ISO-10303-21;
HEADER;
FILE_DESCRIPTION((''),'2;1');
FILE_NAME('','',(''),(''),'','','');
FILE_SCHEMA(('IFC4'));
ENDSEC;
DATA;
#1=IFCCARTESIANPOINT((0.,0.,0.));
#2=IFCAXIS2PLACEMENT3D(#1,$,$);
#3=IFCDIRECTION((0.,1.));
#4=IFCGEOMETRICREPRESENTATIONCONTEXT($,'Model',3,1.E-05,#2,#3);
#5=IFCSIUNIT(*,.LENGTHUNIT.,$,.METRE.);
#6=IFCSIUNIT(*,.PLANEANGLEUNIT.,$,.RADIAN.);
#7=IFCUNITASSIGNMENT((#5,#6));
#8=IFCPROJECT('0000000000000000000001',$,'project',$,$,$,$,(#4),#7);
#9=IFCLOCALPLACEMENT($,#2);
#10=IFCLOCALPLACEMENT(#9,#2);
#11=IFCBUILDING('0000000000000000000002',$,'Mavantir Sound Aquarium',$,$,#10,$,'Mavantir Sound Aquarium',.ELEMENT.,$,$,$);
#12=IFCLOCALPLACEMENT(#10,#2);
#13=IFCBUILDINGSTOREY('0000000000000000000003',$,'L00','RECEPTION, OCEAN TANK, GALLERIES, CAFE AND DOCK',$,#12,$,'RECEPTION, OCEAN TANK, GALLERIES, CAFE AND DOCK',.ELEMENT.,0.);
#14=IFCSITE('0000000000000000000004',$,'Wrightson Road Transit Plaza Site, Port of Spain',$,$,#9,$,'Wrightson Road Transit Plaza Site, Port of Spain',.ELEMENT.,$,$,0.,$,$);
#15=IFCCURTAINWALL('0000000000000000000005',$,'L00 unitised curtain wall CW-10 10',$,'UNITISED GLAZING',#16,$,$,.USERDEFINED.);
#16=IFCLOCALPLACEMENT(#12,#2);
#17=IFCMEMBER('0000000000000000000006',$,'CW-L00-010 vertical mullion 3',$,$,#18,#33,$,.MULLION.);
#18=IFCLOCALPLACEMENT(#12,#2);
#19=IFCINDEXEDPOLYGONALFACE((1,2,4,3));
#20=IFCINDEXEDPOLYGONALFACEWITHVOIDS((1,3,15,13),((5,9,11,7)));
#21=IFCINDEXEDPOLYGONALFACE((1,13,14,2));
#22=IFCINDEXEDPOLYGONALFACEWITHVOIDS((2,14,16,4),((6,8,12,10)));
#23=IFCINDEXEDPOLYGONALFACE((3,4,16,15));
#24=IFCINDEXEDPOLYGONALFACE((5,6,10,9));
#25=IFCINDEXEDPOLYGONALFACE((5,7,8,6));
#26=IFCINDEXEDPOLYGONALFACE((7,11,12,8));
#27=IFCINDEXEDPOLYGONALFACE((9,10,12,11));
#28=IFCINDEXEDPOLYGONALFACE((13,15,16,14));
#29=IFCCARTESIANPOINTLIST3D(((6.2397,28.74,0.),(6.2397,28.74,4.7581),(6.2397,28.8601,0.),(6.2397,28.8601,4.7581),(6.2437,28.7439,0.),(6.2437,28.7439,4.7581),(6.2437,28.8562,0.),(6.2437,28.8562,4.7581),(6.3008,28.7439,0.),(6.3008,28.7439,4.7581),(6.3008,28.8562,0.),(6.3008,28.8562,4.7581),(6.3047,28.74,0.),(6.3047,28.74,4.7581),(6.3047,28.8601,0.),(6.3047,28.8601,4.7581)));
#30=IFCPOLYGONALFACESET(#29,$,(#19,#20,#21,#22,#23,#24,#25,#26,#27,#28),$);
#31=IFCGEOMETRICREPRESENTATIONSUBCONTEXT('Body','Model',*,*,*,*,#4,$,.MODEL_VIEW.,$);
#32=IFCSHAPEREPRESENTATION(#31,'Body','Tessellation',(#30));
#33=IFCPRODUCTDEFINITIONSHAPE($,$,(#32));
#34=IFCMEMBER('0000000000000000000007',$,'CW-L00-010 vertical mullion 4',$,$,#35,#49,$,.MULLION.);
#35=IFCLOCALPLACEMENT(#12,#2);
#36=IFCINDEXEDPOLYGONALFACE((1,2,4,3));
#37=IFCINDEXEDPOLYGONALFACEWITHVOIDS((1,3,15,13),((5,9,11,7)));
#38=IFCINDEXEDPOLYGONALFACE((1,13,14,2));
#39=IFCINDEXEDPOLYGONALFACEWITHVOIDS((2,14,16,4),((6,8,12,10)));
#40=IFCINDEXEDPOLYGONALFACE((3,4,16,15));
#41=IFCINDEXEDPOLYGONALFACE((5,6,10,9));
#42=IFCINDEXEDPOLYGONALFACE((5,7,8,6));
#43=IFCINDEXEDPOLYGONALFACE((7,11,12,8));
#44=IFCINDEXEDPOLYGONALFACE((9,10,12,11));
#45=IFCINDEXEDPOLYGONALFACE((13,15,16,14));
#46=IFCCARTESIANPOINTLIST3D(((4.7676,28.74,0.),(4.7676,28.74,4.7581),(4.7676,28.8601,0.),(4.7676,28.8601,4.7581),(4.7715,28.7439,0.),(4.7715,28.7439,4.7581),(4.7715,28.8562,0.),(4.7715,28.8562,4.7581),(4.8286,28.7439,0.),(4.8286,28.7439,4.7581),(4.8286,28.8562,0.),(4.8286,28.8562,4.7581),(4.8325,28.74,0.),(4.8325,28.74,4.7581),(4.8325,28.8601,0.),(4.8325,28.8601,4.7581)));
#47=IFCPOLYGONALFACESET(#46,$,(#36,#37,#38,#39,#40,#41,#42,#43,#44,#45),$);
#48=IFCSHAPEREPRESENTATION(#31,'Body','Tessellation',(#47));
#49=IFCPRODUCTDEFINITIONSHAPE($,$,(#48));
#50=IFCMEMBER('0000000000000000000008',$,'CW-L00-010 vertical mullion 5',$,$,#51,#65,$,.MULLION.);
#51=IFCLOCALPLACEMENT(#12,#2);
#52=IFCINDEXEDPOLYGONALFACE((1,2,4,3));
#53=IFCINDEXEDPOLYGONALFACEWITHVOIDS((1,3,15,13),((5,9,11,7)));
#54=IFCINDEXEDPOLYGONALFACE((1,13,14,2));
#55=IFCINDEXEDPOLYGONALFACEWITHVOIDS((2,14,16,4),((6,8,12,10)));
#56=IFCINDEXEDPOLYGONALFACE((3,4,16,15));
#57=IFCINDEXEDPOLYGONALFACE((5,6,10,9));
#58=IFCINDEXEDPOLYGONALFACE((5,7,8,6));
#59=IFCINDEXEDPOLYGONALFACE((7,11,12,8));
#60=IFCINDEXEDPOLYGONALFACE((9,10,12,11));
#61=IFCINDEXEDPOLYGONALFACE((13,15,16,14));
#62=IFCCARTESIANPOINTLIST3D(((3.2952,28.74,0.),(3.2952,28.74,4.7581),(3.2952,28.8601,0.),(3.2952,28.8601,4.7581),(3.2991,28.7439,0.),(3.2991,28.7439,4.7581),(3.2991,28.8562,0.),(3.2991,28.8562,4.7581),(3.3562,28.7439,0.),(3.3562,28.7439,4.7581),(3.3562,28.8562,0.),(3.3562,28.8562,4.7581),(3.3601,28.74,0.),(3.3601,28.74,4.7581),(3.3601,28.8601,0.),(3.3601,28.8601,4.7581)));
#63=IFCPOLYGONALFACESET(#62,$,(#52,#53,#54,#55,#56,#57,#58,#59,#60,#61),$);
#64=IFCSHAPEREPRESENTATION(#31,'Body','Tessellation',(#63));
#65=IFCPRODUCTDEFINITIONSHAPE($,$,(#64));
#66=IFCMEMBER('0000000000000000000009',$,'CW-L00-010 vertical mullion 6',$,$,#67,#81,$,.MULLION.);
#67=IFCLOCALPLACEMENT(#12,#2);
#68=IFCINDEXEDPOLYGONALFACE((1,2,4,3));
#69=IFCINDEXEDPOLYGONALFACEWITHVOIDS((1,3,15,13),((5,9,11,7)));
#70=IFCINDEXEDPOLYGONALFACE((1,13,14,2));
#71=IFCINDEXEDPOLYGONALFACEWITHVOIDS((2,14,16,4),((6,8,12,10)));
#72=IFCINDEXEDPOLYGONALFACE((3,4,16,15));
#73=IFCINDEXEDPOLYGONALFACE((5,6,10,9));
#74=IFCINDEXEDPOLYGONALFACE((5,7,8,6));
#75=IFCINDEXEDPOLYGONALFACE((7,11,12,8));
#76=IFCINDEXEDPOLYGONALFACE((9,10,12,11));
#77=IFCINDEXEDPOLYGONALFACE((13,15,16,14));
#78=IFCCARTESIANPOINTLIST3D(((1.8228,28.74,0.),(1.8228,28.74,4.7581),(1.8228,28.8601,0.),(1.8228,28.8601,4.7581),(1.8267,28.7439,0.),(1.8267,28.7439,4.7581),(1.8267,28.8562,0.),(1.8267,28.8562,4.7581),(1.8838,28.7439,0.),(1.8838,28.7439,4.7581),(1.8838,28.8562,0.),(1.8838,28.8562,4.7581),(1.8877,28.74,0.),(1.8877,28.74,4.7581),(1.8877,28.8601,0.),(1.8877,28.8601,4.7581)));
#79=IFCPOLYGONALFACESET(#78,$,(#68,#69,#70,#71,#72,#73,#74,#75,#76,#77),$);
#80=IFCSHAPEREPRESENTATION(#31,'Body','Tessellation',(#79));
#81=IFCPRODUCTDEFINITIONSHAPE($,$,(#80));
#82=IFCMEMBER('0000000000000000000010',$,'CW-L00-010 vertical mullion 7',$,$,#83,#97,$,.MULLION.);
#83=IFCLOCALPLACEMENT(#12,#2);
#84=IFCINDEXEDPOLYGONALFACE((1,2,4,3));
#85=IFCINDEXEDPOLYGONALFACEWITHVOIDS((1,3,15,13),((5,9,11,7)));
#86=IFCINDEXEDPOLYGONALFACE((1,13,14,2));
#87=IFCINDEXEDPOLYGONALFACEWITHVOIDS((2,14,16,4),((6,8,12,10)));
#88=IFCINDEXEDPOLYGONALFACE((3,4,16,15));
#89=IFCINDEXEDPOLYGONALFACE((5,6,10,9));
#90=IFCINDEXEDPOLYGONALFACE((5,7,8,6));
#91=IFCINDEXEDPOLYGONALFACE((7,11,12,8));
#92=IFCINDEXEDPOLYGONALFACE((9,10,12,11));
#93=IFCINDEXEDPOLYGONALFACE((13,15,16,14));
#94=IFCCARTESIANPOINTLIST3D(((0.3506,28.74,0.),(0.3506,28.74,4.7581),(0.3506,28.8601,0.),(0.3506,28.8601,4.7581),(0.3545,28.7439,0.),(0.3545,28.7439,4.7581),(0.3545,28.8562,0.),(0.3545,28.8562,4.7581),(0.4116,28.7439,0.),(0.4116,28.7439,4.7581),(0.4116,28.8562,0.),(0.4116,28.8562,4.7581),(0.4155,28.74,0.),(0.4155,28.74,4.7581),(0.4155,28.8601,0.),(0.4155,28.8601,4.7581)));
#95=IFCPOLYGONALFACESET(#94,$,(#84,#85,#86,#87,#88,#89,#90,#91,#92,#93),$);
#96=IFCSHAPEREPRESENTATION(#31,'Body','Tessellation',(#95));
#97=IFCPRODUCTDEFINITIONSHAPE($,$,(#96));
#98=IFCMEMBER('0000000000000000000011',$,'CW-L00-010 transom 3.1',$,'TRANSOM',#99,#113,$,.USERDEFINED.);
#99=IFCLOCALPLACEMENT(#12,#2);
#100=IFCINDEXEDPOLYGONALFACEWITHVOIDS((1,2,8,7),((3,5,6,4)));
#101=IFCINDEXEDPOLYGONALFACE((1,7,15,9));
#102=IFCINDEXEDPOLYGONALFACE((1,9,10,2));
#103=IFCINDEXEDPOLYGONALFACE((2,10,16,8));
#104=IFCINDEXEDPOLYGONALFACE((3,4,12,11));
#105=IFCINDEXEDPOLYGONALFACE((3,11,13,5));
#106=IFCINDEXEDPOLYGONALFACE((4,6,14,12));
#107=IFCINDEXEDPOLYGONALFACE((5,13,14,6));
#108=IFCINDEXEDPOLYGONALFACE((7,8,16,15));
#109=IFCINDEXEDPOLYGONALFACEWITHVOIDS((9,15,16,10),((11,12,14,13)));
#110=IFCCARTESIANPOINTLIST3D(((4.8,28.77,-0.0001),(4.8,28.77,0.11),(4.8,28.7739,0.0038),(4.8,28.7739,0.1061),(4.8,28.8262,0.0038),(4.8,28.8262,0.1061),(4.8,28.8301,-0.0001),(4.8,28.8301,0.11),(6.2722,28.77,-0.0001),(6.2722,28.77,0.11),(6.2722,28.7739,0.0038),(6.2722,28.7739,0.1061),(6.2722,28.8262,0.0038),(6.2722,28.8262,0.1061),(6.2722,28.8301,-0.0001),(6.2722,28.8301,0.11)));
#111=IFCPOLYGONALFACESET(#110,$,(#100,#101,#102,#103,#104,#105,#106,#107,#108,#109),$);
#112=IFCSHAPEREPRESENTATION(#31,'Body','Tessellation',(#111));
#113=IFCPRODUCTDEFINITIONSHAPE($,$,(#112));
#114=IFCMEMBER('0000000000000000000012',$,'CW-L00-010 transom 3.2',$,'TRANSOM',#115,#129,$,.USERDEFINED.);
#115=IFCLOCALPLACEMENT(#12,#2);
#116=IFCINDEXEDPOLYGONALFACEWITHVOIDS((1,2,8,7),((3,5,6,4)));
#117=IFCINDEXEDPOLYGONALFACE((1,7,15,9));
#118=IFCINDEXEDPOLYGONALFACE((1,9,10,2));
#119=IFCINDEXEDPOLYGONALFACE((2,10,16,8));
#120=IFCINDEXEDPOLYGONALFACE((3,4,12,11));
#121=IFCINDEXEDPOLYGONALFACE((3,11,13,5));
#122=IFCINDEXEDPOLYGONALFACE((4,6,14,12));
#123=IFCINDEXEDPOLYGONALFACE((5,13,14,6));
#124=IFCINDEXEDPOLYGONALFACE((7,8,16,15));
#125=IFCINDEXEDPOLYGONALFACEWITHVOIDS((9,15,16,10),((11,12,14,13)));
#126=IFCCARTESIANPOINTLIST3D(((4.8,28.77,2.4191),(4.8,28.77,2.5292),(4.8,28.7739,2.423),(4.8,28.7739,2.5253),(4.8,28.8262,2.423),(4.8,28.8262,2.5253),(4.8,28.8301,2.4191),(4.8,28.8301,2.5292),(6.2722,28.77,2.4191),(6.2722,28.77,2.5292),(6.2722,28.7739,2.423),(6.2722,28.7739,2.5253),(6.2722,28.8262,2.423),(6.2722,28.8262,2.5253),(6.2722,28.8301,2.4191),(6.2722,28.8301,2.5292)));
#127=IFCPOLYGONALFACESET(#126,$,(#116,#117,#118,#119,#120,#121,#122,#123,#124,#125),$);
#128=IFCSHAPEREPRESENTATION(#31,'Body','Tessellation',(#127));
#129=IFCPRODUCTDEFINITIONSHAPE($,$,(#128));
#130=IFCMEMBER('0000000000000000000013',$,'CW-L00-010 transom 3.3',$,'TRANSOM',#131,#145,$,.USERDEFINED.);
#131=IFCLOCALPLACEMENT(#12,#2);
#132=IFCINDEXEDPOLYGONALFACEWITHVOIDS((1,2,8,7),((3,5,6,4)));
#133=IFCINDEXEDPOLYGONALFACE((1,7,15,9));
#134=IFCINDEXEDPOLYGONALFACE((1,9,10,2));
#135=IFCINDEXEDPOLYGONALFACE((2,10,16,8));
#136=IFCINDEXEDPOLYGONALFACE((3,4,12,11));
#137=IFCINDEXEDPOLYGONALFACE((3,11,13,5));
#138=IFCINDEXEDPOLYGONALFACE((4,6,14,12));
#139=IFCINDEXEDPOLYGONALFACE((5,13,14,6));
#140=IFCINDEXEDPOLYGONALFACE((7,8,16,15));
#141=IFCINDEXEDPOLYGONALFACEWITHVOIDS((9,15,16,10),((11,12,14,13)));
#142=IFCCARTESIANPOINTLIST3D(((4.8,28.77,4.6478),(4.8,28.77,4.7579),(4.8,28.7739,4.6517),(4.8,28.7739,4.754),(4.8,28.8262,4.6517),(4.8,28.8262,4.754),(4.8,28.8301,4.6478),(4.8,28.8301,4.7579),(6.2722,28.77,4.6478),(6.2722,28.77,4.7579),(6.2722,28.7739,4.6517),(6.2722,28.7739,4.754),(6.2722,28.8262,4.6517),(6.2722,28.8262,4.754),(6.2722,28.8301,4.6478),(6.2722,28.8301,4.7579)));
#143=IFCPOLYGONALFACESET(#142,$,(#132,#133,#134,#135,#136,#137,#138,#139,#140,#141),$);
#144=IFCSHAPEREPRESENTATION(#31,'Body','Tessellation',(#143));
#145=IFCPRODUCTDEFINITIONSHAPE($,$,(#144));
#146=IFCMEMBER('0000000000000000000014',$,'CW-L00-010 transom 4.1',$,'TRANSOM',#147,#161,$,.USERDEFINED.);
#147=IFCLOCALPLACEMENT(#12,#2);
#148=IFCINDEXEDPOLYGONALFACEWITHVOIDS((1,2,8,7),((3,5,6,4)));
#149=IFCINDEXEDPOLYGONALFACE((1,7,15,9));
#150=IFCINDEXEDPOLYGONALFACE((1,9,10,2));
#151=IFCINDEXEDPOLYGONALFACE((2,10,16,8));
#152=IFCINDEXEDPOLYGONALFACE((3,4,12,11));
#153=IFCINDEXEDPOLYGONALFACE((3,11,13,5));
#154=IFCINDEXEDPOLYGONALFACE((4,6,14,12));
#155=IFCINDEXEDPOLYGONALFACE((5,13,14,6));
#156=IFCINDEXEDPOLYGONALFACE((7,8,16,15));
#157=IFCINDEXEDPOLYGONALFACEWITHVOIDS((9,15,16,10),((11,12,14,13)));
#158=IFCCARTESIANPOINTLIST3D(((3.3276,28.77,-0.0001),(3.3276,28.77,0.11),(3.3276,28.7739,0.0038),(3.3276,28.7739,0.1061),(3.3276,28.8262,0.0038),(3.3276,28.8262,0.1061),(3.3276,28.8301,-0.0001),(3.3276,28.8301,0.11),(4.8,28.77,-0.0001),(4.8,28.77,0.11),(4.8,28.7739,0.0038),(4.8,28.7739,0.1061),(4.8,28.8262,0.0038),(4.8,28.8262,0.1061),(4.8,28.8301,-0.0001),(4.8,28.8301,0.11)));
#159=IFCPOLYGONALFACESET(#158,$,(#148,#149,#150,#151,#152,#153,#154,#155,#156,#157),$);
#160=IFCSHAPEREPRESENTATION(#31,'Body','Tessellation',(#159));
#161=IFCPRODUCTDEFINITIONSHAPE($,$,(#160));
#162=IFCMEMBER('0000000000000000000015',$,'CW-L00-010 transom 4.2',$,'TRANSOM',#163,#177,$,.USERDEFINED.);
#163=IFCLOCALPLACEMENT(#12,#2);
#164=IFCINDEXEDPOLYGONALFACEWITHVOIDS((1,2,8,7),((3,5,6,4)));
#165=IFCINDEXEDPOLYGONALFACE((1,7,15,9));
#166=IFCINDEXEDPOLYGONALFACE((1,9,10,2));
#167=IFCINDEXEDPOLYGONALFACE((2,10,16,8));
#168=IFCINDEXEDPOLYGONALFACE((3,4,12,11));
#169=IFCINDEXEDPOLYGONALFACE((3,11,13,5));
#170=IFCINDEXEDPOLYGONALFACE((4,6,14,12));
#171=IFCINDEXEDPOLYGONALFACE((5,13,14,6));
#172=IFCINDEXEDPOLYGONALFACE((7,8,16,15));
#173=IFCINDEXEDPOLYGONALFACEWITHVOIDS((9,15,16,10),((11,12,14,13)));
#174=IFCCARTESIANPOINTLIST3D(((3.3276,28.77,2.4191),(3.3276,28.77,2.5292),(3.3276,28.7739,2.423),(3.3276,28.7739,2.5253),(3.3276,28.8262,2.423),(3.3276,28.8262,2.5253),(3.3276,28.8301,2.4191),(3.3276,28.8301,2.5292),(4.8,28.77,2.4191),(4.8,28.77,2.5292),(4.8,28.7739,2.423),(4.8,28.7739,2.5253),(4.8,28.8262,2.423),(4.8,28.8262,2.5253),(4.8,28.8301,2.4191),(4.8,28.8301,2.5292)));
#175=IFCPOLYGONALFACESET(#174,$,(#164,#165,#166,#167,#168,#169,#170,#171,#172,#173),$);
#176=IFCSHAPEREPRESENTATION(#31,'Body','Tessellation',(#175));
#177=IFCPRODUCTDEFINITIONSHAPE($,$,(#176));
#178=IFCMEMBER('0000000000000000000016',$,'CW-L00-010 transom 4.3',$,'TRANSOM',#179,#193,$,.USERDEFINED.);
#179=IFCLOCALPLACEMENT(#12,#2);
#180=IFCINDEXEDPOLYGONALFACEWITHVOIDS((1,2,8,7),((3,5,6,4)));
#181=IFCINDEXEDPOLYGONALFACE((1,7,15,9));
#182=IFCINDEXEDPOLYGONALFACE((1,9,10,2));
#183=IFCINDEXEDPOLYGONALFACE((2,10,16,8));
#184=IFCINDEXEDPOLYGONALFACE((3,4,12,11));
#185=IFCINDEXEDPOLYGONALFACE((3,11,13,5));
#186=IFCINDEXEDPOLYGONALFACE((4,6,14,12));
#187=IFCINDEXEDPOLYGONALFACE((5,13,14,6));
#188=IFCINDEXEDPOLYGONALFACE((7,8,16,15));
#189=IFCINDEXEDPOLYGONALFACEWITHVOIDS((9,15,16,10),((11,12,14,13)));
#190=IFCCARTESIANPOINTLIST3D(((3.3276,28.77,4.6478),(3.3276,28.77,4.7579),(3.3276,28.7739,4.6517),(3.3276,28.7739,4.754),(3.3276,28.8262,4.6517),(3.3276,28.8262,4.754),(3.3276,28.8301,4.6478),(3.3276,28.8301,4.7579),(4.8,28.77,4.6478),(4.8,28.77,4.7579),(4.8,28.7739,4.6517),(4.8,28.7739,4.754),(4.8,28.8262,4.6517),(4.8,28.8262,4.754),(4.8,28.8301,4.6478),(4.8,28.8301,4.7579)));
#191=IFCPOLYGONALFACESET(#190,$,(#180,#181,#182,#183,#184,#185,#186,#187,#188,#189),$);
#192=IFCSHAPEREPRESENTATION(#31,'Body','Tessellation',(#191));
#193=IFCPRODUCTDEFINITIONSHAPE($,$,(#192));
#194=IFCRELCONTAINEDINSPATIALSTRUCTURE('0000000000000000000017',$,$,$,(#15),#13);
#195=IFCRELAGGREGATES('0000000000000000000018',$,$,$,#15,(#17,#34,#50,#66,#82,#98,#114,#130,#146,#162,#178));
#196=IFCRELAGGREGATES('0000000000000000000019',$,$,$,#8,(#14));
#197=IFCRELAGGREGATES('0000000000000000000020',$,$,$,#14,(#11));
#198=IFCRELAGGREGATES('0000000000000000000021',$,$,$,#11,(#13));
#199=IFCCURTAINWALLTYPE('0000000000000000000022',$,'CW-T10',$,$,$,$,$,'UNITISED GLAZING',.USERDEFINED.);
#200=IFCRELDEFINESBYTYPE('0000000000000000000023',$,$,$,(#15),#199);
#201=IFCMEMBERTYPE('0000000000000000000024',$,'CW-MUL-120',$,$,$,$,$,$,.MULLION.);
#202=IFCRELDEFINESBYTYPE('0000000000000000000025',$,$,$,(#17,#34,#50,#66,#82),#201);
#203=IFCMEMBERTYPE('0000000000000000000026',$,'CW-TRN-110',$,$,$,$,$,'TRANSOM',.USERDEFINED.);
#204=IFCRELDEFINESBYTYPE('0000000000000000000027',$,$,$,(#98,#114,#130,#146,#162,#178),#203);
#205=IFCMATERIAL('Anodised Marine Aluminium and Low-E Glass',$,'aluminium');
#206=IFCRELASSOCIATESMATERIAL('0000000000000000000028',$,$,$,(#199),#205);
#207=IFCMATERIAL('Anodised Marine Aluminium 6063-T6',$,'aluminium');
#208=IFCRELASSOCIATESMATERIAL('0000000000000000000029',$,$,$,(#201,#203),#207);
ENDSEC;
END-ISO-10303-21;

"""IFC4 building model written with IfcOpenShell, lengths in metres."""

from ifc_helpers import new_model, si_unit, direction, frame, origin, origin_2d, place, context, subcontext, project, spatial, hollow_rectangle, extrude, material, material_profile, profile_set, type_object, element, aggregate, save


model = new_model("IFC4")

# Units and contexts
model_context = context("Model", 3, precision=1e-05, world=origin(), true_north=direction((0.0, 1.0)))
body_context = subcontext(model_context, "Body", "Model", "MODEL_VIEW")
ifc_project = project(units=[si_unit("LENGTHUNIT", "METRE"), si_unit("PLANEANGLEUNIT", "RADIAN")], contexts=[model_context])

# Site, building, storey
site_placement = place(None, origin())
site = spatial("IfcSite", under=ifc_project, at=site_placement, Name="Wrightson Road Transit Plaza Site, Port of Spain", LongName="Wrightson Road Transit Plaza Site, Port of Spain", CompositionType="ELEMENT", RefElevation=0.0)
building_placement = place(site_placement, origin())
building = spatial("IfcBuilding", under=site, at=building_placement, Name="Mavantir Sound Aquarium", LongName="Mavantir Sound Aquarium", CompositionType="ELEMENT")
storey_placement = place(building_placement, origin())
storey = spatial("IfcBuildingStorey", under=building, at=storey_placement, Name="L00", Description="RECEPTION, OCEAN TANK, GALLERIES, CAFE AND DOCK", LongName="RECEPTION, OCEAN TANK, GALLERIES, CAFE AND DOCK", CompositionType="ELEMENT", Elevation=0.0)

# Curtain wall, members
ifc_material_1 = material(Name="Anodised Marine Aluminium and Low-E Glass", Category="aluminium")
curtain_wall_type = type_object("IfcCurtainWallType", Name="CW-T10", ElementType="UNITISED GLAZING", PredefinedType="USERDEFINED", material=ifc_material_1)
curtain_wall_placement = place(storey_placement, origin())
curtain_wall = element("IfcCurtainWall", 1, at=curtain_wall_placement, inside=storey, type_object=curtain_wall_type, Name="L00 unitised curtain wall CW-10 10", ObjectType="UNITISED GLAZING", PredefinedType="USERDEFINED")
ifc_material_2 = material(Name="Anodised Marine Aluminium 6063-T6", Category="aluminium")
ifc_material_profile_1 = material_profile(ifc_material_2, hollow_rectangle(XDim=0.0649, YDim=0.1201, WallThickness=0.0039, at=origin_2d()), Name="ALU-MULLION-120X65")
ifc_profile_set_1 = profile_set([ifc_material_profile_1], Name="Anodised Marine Aluminium 6063-T6")
member_type_1 = type_object("IfcMemberType", Name="CW-MUL-120", PredefinedType="MULLION", material=ifc_profile_set_1)
member_1_placement = place(storey_placement, frame((6.2722, 28.8, 0.0), z_axis=(0.0, 0.0, 1.0), x_axis=(1.0, 0.0, 0.0)))
member_1 = element("IfcMember", 2, at=member_1_placement, type_object=member_type_1, Name="CW-L00-010 vertical mullion 3", PredefinedType="MULLION", context=body_context, shape_type="SweptSolid", body=[
    extrude(hollow_rectangle(XDim=0.0649, YDim=0.1201, WallThickness=0.0039, at=origin_2d()), origin(), (0.0, 0.0, 1.0), 4.7581),
])
member_2_placement = place(storey_placement, frame((4.8, 28.8, 0.0), z_axis=(0.0, 0.0, 1.0), x_axis=(1.0, 0.0, 0.0)))
member_2 = element("IfcMember", 3, at=member_2_placement, type_object=member_type_1, Name="CW-L00-010 vertical mullion 4", PredefinedType="MULLION", context=body_context, shape_type="SweptSolid", body=[
    extrude(hollow_rectangle(XDim=0.0649, YDim=0.1201, WallThickness=0.0039, at=origin_2d()), origin(), (0.0, 0.0, 1.0), 4.7581),
])
member_3_placement = place(storey_placement, frame((3.3276, 28.8, 0.0), z_axis=(0.0, 0.0, 1.0), x_axis=(1.0, 0.0, 0.0)))
member_3 = element("IfcMember", 4, at=member_3_placement, type_object=member_type_1, Name="CW-L00-010 vertical mullion 5", PredefinedType="MULLION", context=body_context, shape_type="SweptSolid", body=[
    extrude(hollow_rectangle(XDim=0.0649, YDim=0.1201, WallThickness=0.0039, at=origin_2d()), origin(), (0.0, 0.0, 1.0), 4.7581),
])
member_4_placement = place(storey_placement, frame((1.8552, 28.8, 0.0), z_axis=(0.0, 0.0, 1.0), x_axis=(1.0, 0.0, 0.0)))
member_4 = element("IfcMember", 5, at=member_4_placement, type_object=member_type_1, Name="CW-L00-010 vertical mullion 6", PredefinedType="MULLION", context=body_context, shape_type="SweptSolid", body=[
    extrude(hollow_rectangle(XDim=0.0649, YDim=0.1201, WallThickness=0.0039, at=origin_2d()), origin(), (0.0, 0.0, 1.0), 4.7581),
])
member_5_placement = place(storey_placement, frame((0.3831, 28.8, 0.0), z_axis=(0.0, 0.0, 1.0), x_axis=(1.0, 0.0, 0.0)))
member_5 = element("IfcMember", 6, at=member_5_placement, type_object=member_type_1, Name="CW-L00-010 vertical mullion 7", PredefinedType="MULLION", context=body_context, shape_type="SweptSolid", body=[
    extrude(hollow_rectangle(XDim=0.0649, YDim=0.1201, WallThickness=0.0039, at=origin_2d()), origin(), (0.0, 0.0, 1.0), 4.7581),
])
ifc_material_profile_2 = material_profile(ifc_material_2, hollow_rectangle(XDim=0.0601, YDim=0.1101, WallThickness=0.0039, at=origin_2d()), Name="ALU-TRANSOM-110X60")
ifc_profile_set_2 = profile_set([ifc_material_profile_2], Name="Anodised Marine Aluminium 6063-T6")
member_type_2 = type_object("IfcMemberType", Name="CW-TRN-110", ElementType="TRANSOM", PredefinedType="USERDEFINED", material=ifc_profile_set_2)
member_6_placement = place(storey_placement, frame((6.2722, 28.8, 0.0549), z_axis=(-1.0, 0.0, 0.0), x_axis=(0.0, -1.0, 0.0)))
member_6 = element("IfcMember", 7, at=member_6_placement, type_object=member_type_2, Name="CW-L00-010 transom 3.1", ObjectType="TRANSOM", PredefinedType="USERDEFINED", context=body_context, shape_type="SweptSolid", body=[
    extrude(hollow_rectangle(XDim=0.0601, YDim=0.1101, WallThickness=0.0039, at=origin_2d()), origin(), (0.0, 0.0, 1.0), 1.4722),
])
member_7_placement = place(storey_placement, frame((6.2722, 28.8, 2.4741), z_axis=(-1.0, 0.0, 0.0), x_axis=(0.0, -1.0, 0.0)))
member_7 = element("IfcMember", 8, at=member_7_placement, type_object=member_type_2, Name="CW-L00-010 transom 3.2", ObjectType="TRANSOM", PredefinedType="USERDEFINED", context=body_context, shape_type="SweptSolid", body=[
    extrude(hollow_rectangle(XDim=0.0601, YDim=0.1101, WallThickness=0.0039, at=origin_2d()), origin(), (0.0, 0.0, 1.0), 1.4722),
])
member_8_placement = place(storey_placement, frame((6.2722, 28.8, 4.7029), z_axis=(-1.0, 0.0, 0.0), x_axis=(0.0, -1.0, 0.0)))
member_8 = element("IfcMember", 9, at=member_8_placement, type_object=member_type_2, Name="CW-L00-010 transom 3.3", ObjectType="TRANSOM", PredefinedType="USERDEFINED", context=body_context, shape_type="SweptSolid", body=[
    extrude(hollow_rectangle(XDim=0.0601, YDim=0.1101, WallThickness=0.0039, at=origin_2d()), origin(), (0.0, 0.0, 1.0), 1.4722),
])
member_9_placement = place(storey_placement, frame((4.8, 28.8, 0.0549), z_axis=(-1.0, 0.0, 0.0), x_axis=(0.0, -1.0, 0.0)))
member_9 = element("IfcMember", 10, at=member_9_placement, type_object=member_type_2, Name="CW-L00-010 transom 4.1", ObjectType="TRANSOM", PredefinedType="USERDEFINED", context=body_context, shape_type="SweptSolid", body=[
    extrude(hollow_rectangle(XDim=0.0601, YDim=0.1101, WallThickness=0.0039, at=origin_2d()), origin(), (0.0, 0.0, 1.0), 1.4724),
])
member_10_placement = place(storey_placement, frame((4.8, 28.8, 2.4741), z_axis=(-1.0, 0.0, 0.0), x_axis=(0.0, -1.0, 0.0)))
member_10 = element("IfcMember", 11, at=member_10_placement, type_object=member_type_2, Name="CW-L00-010 transom 4.2", ObjectType="TRANSOM", PredefinedType="USERDEFINED", context=body_context, shape_type="SweptSolid", body=[
    extrude(hollow_rectangle(XDim=0.0601, YDim=0.1101, WallThickness=0.0039, at=origin_2d()), origin(), (0.0, 0.0, 1.0), 1.4724),
])
member_11_placement = place(storey_placement, frame((4.8, 28.8, 4.7029), z_axis=(-1.0, 0.0, 0.0), x_axis=(0.0, -1.0, 0.0)))
member_11 = element("IfcMember", 12, at=member_11_placement, type_object=member_type_2, Name="CW-L00-010 transom 4.3", ObjectType="TRANSOM", PredefinedType="USERDEFINED", context=body_context, shape_type="SweptSolid", body=[
    extrude(hollow_rectangle(XDim=0.0601, YDim=0.1101, WallThickness=0.0039, at=origin_2d()), origin(), (0.0, 0.0, 1.0), 1.4724),
])
aggregate(curtain_wall, [member_1, member_2, member_3, member_4, member_5, member_6, member_7, member_8, member_9, member_10, member_11])

save(model, "model.ifc")
